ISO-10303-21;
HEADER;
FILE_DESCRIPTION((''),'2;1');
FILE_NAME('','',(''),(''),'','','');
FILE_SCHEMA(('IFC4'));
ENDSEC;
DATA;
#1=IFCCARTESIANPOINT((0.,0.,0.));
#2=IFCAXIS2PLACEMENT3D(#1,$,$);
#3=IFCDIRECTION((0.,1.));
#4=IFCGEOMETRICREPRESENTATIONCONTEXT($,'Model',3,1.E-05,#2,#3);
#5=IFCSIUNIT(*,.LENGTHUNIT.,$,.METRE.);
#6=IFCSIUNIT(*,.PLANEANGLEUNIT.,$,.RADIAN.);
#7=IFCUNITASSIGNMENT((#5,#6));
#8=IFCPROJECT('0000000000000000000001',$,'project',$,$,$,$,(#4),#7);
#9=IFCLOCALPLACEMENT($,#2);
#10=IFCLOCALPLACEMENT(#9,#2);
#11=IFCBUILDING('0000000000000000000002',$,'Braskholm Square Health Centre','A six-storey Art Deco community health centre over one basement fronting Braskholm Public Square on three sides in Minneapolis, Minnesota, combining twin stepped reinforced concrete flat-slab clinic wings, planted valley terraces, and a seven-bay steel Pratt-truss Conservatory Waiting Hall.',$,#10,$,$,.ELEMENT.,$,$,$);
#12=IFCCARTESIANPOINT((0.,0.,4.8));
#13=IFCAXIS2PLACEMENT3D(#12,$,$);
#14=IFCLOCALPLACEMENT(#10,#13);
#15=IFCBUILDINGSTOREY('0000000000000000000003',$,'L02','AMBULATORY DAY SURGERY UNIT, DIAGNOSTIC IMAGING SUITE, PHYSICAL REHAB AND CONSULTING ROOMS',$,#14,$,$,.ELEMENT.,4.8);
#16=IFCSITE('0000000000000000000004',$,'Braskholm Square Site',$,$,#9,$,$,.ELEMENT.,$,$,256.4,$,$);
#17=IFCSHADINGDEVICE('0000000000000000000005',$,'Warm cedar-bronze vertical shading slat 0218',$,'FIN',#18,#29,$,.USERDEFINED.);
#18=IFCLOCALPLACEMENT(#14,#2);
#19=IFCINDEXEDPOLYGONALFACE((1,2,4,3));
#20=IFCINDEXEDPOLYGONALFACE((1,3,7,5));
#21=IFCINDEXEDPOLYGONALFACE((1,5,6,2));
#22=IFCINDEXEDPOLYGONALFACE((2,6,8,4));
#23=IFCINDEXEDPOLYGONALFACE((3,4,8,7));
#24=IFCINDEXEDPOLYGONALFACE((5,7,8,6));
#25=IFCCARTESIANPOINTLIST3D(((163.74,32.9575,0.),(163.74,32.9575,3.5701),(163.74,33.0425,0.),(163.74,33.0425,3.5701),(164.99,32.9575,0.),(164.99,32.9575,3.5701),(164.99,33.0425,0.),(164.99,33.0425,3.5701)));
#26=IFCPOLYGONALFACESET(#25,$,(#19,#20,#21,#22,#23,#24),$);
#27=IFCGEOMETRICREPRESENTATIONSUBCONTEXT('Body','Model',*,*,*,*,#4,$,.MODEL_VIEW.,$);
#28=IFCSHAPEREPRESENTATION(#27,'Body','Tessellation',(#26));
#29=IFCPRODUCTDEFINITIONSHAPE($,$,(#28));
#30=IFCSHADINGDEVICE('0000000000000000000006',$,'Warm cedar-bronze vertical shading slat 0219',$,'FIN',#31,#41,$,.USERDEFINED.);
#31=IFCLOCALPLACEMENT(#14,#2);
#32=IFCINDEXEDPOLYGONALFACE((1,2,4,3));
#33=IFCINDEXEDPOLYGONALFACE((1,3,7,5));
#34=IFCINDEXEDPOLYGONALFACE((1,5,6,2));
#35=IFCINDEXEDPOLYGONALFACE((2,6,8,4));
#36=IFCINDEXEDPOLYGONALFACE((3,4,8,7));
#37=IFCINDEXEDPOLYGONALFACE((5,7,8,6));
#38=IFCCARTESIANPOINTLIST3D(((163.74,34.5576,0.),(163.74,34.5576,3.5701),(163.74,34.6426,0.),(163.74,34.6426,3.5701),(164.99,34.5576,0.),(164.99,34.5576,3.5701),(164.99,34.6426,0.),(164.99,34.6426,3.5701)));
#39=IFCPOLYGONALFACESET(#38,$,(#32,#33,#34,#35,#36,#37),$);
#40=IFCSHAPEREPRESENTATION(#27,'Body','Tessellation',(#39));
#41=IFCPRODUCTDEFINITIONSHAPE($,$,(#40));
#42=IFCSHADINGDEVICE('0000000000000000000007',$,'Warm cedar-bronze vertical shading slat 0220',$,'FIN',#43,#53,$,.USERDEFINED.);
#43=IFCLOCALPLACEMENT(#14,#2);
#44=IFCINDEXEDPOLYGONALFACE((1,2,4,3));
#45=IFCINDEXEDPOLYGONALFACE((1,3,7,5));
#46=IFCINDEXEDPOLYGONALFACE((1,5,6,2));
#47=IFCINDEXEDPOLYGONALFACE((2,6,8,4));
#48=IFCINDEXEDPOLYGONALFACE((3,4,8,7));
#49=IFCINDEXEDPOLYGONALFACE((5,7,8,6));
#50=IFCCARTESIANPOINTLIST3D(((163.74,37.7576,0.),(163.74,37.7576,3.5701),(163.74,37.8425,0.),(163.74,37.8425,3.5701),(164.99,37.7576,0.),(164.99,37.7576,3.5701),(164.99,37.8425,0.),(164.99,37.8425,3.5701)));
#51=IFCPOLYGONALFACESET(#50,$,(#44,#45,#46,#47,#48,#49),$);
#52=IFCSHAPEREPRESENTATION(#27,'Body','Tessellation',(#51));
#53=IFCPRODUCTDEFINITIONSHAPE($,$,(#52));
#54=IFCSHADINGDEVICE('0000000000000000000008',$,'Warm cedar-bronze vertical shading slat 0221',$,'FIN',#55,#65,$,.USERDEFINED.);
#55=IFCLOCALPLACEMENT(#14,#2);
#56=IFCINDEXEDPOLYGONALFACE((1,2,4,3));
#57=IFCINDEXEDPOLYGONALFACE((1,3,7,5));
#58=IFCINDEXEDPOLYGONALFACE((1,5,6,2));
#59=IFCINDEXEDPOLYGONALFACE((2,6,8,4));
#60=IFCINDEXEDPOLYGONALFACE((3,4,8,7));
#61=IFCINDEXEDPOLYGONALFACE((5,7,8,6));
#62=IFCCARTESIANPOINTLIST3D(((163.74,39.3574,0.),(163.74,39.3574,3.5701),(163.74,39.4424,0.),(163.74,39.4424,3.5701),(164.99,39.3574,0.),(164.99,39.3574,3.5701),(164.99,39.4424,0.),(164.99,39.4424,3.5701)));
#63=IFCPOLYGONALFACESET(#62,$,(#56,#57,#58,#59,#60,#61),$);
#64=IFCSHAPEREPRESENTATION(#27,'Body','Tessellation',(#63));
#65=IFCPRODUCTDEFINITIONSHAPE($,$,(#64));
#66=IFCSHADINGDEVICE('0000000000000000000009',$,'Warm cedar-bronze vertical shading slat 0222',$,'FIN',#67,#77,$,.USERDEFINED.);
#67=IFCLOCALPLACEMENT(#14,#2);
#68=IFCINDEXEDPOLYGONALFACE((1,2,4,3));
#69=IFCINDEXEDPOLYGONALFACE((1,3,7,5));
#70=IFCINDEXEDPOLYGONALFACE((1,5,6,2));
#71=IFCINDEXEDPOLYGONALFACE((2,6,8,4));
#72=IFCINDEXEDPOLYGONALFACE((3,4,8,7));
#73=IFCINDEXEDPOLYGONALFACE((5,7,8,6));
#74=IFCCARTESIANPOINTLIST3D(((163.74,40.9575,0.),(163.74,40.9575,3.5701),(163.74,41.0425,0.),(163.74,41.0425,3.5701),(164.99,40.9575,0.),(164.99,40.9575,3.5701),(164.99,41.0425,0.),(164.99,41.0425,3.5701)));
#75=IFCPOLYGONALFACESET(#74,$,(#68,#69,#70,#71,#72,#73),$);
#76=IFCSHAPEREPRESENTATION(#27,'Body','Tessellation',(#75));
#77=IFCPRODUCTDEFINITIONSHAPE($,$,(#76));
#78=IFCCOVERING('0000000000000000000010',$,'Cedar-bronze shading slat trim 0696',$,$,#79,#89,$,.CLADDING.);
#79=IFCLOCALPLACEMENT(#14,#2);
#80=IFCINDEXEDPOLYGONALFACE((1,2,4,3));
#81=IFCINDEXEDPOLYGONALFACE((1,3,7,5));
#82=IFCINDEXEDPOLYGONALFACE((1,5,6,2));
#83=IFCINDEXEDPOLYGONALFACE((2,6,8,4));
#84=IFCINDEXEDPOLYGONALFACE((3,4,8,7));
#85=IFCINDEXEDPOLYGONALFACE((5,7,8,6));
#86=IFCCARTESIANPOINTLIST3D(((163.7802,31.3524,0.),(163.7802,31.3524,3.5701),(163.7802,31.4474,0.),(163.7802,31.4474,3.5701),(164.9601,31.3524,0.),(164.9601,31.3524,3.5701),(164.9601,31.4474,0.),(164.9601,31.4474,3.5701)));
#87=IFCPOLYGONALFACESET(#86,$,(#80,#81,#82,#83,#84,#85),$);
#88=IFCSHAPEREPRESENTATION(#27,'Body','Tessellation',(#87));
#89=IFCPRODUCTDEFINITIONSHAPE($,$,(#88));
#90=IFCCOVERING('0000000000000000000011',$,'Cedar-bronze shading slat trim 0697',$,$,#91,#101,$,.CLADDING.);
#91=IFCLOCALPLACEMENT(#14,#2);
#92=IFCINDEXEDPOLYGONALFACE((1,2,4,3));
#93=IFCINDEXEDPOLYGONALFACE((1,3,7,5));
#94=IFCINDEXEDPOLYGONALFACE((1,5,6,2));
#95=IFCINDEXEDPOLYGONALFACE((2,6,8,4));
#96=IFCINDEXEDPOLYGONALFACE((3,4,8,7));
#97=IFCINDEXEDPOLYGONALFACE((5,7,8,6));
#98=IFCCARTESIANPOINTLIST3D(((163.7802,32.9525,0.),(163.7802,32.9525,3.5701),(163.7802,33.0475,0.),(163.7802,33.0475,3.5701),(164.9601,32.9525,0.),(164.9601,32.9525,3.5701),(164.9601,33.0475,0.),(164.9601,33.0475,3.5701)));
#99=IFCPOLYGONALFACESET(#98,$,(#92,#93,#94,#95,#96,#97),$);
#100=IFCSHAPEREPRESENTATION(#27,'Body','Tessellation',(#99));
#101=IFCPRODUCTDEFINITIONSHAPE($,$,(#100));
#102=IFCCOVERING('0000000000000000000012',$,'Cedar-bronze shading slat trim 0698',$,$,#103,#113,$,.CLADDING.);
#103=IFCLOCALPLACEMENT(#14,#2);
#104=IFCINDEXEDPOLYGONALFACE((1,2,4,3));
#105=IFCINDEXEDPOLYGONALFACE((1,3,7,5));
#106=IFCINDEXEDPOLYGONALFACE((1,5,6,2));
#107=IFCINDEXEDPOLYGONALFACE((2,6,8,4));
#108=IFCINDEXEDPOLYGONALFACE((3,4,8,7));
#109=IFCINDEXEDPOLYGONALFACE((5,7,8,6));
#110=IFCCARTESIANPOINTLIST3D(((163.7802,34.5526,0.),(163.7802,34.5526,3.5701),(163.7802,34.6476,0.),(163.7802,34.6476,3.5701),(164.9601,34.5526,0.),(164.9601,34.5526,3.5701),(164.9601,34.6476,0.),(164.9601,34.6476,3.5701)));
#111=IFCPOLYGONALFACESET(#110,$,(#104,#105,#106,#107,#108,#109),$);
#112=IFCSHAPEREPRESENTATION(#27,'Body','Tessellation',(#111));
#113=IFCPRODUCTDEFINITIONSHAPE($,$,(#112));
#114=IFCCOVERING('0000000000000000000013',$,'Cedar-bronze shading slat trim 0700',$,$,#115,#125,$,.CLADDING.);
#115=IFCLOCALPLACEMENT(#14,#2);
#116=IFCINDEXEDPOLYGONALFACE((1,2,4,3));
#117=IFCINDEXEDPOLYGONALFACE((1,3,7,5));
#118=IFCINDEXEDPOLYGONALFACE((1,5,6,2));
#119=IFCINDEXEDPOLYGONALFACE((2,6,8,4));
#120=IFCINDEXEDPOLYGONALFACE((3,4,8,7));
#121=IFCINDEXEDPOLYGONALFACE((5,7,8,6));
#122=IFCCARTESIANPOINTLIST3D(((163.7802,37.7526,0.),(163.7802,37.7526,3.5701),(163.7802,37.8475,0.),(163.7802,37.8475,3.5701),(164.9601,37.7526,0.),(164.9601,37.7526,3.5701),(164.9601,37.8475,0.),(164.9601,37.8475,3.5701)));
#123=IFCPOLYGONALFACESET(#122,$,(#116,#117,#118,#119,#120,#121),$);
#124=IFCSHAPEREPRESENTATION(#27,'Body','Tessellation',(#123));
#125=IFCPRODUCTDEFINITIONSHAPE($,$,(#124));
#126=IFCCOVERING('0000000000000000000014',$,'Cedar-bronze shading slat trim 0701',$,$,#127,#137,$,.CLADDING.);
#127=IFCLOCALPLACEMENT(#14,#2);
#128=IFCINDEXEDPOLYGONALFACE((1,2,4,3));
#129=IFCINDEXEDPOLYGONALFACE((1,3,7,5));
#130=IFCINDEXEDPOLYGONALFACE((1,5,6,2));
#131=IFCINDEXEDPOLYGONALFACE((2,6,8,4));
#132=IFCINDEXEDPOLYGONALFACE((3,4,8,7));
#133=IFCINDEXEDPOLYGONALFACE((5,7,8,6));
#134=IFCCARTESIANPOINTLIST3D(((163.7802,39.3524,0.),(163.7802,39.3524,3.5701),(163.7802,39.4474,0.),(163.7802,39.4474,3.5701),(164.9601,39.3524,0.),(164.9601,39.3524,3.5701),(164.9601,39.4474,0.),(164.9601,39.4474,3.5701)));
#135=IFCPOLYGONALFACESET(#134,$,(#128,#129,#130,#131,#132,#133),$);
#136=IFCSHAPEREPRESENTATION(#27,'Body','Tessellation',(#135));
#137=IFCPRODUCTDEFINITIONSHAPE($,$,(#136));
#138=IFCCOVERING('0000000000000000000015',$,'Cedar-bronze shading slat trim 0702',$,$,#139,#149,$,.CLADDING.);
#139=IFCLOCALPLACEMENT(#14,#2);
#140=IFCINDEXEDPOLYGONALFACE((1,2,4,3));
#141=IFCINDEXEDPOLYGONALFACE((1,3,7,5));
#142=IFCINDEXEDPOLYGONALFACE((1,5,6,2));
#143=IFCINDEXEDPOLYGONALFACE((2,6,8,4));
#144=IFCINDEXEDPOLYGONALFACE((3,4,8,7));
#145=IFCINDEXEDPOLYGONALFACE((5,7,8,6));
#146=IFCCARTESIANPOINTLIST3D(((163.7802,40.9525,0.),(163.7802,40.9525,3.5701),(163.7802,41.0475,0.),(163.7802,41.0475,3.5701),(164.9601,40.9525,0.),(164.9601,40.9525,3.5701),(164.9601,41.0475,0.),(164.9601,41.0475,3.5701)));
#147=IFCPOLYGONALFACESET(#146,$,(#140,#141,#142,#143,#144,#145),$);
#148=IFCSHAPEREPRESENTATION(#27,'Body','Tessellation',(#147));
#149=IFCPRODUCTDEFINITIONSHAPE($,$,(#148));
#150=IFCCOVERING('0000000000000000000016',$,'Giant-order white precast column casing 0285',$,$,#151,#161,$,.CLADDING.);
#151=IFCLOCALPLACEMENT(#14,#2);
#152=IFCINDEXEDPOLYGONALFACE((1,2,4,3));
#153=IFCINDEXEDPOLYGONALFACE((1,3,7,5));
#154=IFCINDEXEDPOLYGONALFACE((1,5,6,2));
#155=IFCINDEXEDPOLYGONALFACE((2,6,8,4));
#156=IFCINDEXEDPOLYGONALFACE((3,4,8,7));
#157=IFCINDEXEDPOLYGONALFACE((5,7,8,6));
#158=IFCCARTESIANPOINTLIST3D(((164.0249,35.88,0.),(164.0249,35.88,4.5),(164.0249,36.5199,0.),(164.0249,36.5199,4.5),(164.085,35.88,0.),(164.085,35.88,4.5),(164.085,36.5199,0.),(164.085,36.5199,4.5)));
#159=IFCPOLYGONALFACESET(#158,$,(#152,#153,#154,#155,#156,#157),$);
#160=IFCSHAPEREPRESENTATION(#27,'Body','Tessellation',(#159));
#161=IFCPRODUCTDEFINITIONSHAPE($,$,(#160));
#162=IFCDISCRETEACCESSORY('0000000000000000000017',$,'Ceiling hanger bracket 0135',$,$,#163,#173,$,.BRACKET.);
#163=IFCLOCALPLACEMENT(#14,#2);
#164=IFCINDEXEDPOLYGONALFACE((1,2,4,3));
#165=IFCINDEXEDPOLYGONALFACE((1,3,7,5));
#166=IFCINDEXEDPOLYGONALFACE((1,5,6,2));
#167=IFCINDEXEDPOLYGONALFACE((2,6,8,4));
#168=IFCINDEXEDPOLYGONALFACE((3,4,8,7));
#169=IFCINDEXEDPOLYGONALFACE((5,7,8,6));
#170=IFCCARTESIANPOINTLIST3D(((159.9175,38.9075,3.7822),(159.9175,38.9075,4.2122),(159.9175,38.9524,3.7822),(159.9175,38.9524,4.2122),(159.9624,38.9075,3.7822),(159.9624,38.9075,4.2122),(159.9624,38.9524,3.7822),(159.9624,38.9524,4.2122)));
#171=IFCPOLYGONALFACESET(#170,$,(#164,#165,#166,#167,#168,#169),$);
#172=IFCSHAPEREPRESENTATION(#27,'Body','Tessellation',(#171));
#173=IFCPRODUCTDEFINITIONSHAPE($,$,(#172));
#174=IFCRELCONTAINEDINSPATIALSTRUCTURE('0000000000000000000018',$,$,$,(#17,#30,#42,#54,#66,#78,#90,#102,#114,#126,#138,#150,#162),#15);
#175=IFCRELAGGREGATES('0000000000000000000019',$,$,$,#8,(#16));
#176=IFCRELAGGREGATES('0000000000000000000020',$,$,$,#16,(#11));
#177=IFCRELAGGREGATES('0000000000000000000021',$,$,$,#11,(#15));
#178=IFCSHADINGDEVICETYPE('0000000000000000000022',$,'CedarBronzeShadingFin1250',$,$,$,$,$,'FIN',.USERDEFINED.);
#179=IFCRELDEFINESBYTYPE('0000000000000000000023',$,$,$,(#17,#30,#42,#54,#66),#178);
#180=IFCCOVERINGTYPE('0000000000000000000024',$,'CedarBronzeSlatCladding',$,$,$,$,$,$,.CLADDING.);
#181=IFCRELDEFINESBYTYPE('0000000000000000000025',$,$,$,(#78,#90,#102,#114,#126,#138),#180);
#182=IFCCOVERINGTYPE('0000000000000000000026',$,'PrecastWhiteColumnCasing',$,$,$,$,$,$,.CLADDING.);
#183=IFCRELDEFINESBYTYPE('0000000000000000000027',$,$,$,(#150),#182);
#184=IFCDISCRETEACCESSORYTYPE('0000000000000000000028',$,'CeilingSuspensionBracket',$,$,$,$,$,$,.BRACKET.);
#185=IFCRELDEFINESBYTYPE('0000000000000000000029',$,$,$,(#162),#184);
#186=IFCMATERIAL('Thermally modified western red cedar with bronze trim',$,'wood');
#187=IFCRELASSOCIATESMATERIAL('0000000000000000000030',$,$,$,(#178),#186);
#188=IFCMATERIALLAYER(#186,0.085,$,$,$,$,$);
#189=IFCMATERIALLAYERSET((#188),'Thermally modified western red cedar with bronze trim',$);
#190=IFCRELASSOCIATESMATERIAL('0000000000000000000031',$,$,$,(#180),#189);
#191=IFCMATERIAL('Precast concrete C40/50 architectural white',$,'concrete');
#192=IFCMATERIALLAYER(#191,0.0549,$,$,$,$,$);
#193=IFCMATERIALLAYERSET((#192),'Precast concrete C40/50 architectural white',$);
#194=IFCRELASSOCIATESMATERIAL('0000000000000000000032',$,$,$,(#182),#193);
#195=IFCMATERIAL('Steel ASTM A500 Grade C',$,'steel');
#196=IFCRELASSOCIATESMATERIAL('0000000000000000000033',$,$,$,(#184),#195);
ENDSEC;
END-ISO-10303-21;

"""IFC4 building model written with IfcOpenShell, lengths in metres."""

from ifc_helpers import new_model, si_unit, direction, frame, origin, origin_2d, place, context, subcontext, project, spatial, rectangle, extrude, material, layer, layer_set, type_object, element, save


model = new_model("IFC4")

# Units and contexts
model_context = context("Model", 3, precision=1e-05, world=origin(), true_north=direction((0.0, 1.0)))
body_context = subcontext(model_context, "Body", "Model", "MODEL_VIEW")
ifc_project = project(units=[si_unit("LENGTHUNIT", "METRE"), si_unit("PLANEANGLEUNIT", "RADIAN")], contexts=[model_context])

# Site, building, storey
site_placement = place(None, origin())
site = spatial("IfcSite", under=ifc_project, at=site_placement, Name="Braskholm Square Site", CompositionType="ELEMENT", RefElevation=256.4)
building_placement = place(site_placement, origin())
building = spatial("IfcBuilding", under=site, at=building_placement, Name="Braskholm Square Health Centre", Description="A six-storey Art Deco community health centre over one basement fronting Braskholm Public Square on three sides in Minneapolis, Minnesota, combining twin stepped reinforced concrete flat-slab clinic wings, planted valley terraces, and a seven-bay steel Pratt-truss Conservatory Waiting Hall.", CompositionType="ELEMENT")
storey_placement = place(building_placement, frame((0.0, 0.0, 4.8)))
storey = spatial("IfcBuildingStorey", under=building, at=storey_placement, Name="L02", Description="AMBULATORY DAY SURGERY UNIT, DIAGNOSTIC IMAGING SUITE, PHYSICAL REHAB AND CONSULTING ROOMS", CompositionType="ELEMENT", Elevation=4.8)

# Shared definitions
ifc_material_1 = material(Name="Precast concrete C40/50 architectural white", Category="concrete")

# Shading devices
ifc_material_2 = material(Name="Thermally modified western red cedar with bronze trim", Category="wood")
shading_device_type = type_object("IfcShadingDeviceType", Name="CedarBronzeShadingFin1250", ElementType="FIN", PredefinedType="USERDEFINED", material=ifc_material_2)
for number, where, z_axis, x_axis, name in (
    (1, (164.365, 33.0, 0.0), (0.0, 0.0, 1.0), (1.0, 0.0, 0.0), "Warm cedar-bronze vertical shading slat 0218"),
    (2, (164.365, 34.6001, 0.0), (0.0, 0.0, 1.0), (1.0, 0.0, 0.0), "Warm cedar-bronze vertical shading slat 0219"),
    (3, (164.365, 37.8, 0.0), (0.0, 0.0, 1.0), (1.0, 0.0, 0.0), "Warm cedar-bronze vertical shading slat 0220"),
    (4, (164.365, 39.3999, 0.0), (0.0, 0.0, 1.0), (1.0, 0.0, 0.0), "Warm cedar-bronze vertical shading slat 0221"),
    (5, (164.365, 41.0, 0.0), (0.0, 0.0, 1.0), (1.0, 0.0, 0.0), "Warm cedar-bronze vertical shading slat 0222"),
):
    element("IfcShadingDevice", number, at=place(storey_placement, frame(where, z_axis=z_axis, x_axis=x_axis)), inside=storey, type_object=shading_device_type, Name=name, ObjectType="FIN", PredefinedType="USERDEFINED", context=body_context, shape_type="SweptSolid", body=[
        extrude(rectangle(XDim=1.25, YDim=0.085, at=origin_2d()), origin(), (0.0, 0.0, 1.0), 3.5701),
    ])

# Coverings
ifc_layer_1 = layer(ifc_material_2, 0.085)
ifc_layer_set_1 = layer_set([ifc_layer_1], Name="Thermally modified western red cedar with bronze trim")
covering_type_1 = type_object("IfcCoveringType", Name="CedarBronzeSlatCladding", PredefinedType="CLADDING", material=ifc_layer_set_1)
for number, where, z_axis, x_axis, name in (
    (6, (164.3701, 31.3999, 0.0), (0.0, 0.0, 1.0), (1.0, 0.0, 0.0), "Cedar-bronze shading slat trim 0696"),
    (7, (164.3701, 33.0, 0.0), (0.0, 0.0, 1.0), (1.0, 0.0, 0.0), "Cedar-bronze shading slat trim 0697"),
    (8, (164.3701, 34.6001, 0.0), (0.0, 0.0, 1.0), (1.0, 0.0, 0.0), "Cedar-bronze shading slat trim 0698"),
    (9, (164.3701, 37.8, 0.0), (0.0, 0.0, 1.0), (1.0, 0.0, 0.0), "Cedar-bronze shading slat trim 0700"),
    (10, (164.3701, 39.3999, 0.0), (0.0, 0.0, 1.0), (1.0, 0.0, 0.0), "Cedar-bronze shading slat trim 0701"),
    (11, (164.3701, 41.0, 0.0), (0.0, 0.0, 1.0), (1.0, 0.0, 0.0), "Cedar-bronze shading slat trim 0702"),
):
    element("IfcCovering", number, at=place(storey_placement, frame(where, z_axis=z_axis, x_axis=x_axis)), inside=storey, type_object=covering_type_1, Name=name, PredefinedType="CLADDING", context=body_context, shape_type="SweptSolid", body=[
        extrude(rectangle(XDim=1.1799, YDim=0.095, at=origin_2d()), origin(), (0.0, 0.0, 1.0), 3.5701),
    ])
ifc_layer_2 = layer(ifc_material_1, 0.0549)
ifc_layer_set_2 = layer_set([ifc_layer_2], Name="Precast concrete C40/50 architectural white")
covering_type_2 = type_object("IfcCoveringType", Name="PrecastWhiteColumnCasing", PredefinedType="CLADDING", material=ifc_layer_set_2)
covering_placement = place(storey_placement, frame((164.0549, 36.2, 0.0), z_axis=(0.0, 0.0, 1.0), x_axis=(1.0, 0.0, 0.0)))
element("IfcCovering", 12, at=covering_placement, inside=storey, type_object=covering_type_2, Name="Giant-order white precast column casing 0285", PredefinedType="CLADDING", context=body_context, shape_type="SweptSolid", body=[
    extrude(rectangle(XDim=0.0601, YDim=0.6399, at=origin_2d()), origin(), (0.0, 0.0, 1.0), 4.5),
])

# Discrete accessory
ifc_material_3 = material(Name="Steel ASTM A500 Grade C", Category="steel")
discrete_accessory_type = type_object("IfcDiscreteAccessoryType", Name="CeilingSuspensionBracket", PredefinedType="BRACKET", material=ifc_material_3)
discrete_accessory_placement = place(storey_placement, frame((159.9399, 38.9299, 3.7822), z_axis=(0.0, 0.0, 1.0), x_axis=(1.0, 0.0, 0.0)))
element("IfcDiscreteAccessory", 13, at=discrete_accessory_placement, inside=storey, type_object=discrete_accessory_type, Name="Ceiling hanger bracket 0135", PredefinedType="BRACKET", context=body_context, shape_type="SweptSolid", body=[
    extrude(rectangle(XDim=0.0449, YDim=0.0449, at=origin_2d()), origin(), (0.0, 0.0, 1.0), 0.4299),
])

save(model, "model.ifc")
